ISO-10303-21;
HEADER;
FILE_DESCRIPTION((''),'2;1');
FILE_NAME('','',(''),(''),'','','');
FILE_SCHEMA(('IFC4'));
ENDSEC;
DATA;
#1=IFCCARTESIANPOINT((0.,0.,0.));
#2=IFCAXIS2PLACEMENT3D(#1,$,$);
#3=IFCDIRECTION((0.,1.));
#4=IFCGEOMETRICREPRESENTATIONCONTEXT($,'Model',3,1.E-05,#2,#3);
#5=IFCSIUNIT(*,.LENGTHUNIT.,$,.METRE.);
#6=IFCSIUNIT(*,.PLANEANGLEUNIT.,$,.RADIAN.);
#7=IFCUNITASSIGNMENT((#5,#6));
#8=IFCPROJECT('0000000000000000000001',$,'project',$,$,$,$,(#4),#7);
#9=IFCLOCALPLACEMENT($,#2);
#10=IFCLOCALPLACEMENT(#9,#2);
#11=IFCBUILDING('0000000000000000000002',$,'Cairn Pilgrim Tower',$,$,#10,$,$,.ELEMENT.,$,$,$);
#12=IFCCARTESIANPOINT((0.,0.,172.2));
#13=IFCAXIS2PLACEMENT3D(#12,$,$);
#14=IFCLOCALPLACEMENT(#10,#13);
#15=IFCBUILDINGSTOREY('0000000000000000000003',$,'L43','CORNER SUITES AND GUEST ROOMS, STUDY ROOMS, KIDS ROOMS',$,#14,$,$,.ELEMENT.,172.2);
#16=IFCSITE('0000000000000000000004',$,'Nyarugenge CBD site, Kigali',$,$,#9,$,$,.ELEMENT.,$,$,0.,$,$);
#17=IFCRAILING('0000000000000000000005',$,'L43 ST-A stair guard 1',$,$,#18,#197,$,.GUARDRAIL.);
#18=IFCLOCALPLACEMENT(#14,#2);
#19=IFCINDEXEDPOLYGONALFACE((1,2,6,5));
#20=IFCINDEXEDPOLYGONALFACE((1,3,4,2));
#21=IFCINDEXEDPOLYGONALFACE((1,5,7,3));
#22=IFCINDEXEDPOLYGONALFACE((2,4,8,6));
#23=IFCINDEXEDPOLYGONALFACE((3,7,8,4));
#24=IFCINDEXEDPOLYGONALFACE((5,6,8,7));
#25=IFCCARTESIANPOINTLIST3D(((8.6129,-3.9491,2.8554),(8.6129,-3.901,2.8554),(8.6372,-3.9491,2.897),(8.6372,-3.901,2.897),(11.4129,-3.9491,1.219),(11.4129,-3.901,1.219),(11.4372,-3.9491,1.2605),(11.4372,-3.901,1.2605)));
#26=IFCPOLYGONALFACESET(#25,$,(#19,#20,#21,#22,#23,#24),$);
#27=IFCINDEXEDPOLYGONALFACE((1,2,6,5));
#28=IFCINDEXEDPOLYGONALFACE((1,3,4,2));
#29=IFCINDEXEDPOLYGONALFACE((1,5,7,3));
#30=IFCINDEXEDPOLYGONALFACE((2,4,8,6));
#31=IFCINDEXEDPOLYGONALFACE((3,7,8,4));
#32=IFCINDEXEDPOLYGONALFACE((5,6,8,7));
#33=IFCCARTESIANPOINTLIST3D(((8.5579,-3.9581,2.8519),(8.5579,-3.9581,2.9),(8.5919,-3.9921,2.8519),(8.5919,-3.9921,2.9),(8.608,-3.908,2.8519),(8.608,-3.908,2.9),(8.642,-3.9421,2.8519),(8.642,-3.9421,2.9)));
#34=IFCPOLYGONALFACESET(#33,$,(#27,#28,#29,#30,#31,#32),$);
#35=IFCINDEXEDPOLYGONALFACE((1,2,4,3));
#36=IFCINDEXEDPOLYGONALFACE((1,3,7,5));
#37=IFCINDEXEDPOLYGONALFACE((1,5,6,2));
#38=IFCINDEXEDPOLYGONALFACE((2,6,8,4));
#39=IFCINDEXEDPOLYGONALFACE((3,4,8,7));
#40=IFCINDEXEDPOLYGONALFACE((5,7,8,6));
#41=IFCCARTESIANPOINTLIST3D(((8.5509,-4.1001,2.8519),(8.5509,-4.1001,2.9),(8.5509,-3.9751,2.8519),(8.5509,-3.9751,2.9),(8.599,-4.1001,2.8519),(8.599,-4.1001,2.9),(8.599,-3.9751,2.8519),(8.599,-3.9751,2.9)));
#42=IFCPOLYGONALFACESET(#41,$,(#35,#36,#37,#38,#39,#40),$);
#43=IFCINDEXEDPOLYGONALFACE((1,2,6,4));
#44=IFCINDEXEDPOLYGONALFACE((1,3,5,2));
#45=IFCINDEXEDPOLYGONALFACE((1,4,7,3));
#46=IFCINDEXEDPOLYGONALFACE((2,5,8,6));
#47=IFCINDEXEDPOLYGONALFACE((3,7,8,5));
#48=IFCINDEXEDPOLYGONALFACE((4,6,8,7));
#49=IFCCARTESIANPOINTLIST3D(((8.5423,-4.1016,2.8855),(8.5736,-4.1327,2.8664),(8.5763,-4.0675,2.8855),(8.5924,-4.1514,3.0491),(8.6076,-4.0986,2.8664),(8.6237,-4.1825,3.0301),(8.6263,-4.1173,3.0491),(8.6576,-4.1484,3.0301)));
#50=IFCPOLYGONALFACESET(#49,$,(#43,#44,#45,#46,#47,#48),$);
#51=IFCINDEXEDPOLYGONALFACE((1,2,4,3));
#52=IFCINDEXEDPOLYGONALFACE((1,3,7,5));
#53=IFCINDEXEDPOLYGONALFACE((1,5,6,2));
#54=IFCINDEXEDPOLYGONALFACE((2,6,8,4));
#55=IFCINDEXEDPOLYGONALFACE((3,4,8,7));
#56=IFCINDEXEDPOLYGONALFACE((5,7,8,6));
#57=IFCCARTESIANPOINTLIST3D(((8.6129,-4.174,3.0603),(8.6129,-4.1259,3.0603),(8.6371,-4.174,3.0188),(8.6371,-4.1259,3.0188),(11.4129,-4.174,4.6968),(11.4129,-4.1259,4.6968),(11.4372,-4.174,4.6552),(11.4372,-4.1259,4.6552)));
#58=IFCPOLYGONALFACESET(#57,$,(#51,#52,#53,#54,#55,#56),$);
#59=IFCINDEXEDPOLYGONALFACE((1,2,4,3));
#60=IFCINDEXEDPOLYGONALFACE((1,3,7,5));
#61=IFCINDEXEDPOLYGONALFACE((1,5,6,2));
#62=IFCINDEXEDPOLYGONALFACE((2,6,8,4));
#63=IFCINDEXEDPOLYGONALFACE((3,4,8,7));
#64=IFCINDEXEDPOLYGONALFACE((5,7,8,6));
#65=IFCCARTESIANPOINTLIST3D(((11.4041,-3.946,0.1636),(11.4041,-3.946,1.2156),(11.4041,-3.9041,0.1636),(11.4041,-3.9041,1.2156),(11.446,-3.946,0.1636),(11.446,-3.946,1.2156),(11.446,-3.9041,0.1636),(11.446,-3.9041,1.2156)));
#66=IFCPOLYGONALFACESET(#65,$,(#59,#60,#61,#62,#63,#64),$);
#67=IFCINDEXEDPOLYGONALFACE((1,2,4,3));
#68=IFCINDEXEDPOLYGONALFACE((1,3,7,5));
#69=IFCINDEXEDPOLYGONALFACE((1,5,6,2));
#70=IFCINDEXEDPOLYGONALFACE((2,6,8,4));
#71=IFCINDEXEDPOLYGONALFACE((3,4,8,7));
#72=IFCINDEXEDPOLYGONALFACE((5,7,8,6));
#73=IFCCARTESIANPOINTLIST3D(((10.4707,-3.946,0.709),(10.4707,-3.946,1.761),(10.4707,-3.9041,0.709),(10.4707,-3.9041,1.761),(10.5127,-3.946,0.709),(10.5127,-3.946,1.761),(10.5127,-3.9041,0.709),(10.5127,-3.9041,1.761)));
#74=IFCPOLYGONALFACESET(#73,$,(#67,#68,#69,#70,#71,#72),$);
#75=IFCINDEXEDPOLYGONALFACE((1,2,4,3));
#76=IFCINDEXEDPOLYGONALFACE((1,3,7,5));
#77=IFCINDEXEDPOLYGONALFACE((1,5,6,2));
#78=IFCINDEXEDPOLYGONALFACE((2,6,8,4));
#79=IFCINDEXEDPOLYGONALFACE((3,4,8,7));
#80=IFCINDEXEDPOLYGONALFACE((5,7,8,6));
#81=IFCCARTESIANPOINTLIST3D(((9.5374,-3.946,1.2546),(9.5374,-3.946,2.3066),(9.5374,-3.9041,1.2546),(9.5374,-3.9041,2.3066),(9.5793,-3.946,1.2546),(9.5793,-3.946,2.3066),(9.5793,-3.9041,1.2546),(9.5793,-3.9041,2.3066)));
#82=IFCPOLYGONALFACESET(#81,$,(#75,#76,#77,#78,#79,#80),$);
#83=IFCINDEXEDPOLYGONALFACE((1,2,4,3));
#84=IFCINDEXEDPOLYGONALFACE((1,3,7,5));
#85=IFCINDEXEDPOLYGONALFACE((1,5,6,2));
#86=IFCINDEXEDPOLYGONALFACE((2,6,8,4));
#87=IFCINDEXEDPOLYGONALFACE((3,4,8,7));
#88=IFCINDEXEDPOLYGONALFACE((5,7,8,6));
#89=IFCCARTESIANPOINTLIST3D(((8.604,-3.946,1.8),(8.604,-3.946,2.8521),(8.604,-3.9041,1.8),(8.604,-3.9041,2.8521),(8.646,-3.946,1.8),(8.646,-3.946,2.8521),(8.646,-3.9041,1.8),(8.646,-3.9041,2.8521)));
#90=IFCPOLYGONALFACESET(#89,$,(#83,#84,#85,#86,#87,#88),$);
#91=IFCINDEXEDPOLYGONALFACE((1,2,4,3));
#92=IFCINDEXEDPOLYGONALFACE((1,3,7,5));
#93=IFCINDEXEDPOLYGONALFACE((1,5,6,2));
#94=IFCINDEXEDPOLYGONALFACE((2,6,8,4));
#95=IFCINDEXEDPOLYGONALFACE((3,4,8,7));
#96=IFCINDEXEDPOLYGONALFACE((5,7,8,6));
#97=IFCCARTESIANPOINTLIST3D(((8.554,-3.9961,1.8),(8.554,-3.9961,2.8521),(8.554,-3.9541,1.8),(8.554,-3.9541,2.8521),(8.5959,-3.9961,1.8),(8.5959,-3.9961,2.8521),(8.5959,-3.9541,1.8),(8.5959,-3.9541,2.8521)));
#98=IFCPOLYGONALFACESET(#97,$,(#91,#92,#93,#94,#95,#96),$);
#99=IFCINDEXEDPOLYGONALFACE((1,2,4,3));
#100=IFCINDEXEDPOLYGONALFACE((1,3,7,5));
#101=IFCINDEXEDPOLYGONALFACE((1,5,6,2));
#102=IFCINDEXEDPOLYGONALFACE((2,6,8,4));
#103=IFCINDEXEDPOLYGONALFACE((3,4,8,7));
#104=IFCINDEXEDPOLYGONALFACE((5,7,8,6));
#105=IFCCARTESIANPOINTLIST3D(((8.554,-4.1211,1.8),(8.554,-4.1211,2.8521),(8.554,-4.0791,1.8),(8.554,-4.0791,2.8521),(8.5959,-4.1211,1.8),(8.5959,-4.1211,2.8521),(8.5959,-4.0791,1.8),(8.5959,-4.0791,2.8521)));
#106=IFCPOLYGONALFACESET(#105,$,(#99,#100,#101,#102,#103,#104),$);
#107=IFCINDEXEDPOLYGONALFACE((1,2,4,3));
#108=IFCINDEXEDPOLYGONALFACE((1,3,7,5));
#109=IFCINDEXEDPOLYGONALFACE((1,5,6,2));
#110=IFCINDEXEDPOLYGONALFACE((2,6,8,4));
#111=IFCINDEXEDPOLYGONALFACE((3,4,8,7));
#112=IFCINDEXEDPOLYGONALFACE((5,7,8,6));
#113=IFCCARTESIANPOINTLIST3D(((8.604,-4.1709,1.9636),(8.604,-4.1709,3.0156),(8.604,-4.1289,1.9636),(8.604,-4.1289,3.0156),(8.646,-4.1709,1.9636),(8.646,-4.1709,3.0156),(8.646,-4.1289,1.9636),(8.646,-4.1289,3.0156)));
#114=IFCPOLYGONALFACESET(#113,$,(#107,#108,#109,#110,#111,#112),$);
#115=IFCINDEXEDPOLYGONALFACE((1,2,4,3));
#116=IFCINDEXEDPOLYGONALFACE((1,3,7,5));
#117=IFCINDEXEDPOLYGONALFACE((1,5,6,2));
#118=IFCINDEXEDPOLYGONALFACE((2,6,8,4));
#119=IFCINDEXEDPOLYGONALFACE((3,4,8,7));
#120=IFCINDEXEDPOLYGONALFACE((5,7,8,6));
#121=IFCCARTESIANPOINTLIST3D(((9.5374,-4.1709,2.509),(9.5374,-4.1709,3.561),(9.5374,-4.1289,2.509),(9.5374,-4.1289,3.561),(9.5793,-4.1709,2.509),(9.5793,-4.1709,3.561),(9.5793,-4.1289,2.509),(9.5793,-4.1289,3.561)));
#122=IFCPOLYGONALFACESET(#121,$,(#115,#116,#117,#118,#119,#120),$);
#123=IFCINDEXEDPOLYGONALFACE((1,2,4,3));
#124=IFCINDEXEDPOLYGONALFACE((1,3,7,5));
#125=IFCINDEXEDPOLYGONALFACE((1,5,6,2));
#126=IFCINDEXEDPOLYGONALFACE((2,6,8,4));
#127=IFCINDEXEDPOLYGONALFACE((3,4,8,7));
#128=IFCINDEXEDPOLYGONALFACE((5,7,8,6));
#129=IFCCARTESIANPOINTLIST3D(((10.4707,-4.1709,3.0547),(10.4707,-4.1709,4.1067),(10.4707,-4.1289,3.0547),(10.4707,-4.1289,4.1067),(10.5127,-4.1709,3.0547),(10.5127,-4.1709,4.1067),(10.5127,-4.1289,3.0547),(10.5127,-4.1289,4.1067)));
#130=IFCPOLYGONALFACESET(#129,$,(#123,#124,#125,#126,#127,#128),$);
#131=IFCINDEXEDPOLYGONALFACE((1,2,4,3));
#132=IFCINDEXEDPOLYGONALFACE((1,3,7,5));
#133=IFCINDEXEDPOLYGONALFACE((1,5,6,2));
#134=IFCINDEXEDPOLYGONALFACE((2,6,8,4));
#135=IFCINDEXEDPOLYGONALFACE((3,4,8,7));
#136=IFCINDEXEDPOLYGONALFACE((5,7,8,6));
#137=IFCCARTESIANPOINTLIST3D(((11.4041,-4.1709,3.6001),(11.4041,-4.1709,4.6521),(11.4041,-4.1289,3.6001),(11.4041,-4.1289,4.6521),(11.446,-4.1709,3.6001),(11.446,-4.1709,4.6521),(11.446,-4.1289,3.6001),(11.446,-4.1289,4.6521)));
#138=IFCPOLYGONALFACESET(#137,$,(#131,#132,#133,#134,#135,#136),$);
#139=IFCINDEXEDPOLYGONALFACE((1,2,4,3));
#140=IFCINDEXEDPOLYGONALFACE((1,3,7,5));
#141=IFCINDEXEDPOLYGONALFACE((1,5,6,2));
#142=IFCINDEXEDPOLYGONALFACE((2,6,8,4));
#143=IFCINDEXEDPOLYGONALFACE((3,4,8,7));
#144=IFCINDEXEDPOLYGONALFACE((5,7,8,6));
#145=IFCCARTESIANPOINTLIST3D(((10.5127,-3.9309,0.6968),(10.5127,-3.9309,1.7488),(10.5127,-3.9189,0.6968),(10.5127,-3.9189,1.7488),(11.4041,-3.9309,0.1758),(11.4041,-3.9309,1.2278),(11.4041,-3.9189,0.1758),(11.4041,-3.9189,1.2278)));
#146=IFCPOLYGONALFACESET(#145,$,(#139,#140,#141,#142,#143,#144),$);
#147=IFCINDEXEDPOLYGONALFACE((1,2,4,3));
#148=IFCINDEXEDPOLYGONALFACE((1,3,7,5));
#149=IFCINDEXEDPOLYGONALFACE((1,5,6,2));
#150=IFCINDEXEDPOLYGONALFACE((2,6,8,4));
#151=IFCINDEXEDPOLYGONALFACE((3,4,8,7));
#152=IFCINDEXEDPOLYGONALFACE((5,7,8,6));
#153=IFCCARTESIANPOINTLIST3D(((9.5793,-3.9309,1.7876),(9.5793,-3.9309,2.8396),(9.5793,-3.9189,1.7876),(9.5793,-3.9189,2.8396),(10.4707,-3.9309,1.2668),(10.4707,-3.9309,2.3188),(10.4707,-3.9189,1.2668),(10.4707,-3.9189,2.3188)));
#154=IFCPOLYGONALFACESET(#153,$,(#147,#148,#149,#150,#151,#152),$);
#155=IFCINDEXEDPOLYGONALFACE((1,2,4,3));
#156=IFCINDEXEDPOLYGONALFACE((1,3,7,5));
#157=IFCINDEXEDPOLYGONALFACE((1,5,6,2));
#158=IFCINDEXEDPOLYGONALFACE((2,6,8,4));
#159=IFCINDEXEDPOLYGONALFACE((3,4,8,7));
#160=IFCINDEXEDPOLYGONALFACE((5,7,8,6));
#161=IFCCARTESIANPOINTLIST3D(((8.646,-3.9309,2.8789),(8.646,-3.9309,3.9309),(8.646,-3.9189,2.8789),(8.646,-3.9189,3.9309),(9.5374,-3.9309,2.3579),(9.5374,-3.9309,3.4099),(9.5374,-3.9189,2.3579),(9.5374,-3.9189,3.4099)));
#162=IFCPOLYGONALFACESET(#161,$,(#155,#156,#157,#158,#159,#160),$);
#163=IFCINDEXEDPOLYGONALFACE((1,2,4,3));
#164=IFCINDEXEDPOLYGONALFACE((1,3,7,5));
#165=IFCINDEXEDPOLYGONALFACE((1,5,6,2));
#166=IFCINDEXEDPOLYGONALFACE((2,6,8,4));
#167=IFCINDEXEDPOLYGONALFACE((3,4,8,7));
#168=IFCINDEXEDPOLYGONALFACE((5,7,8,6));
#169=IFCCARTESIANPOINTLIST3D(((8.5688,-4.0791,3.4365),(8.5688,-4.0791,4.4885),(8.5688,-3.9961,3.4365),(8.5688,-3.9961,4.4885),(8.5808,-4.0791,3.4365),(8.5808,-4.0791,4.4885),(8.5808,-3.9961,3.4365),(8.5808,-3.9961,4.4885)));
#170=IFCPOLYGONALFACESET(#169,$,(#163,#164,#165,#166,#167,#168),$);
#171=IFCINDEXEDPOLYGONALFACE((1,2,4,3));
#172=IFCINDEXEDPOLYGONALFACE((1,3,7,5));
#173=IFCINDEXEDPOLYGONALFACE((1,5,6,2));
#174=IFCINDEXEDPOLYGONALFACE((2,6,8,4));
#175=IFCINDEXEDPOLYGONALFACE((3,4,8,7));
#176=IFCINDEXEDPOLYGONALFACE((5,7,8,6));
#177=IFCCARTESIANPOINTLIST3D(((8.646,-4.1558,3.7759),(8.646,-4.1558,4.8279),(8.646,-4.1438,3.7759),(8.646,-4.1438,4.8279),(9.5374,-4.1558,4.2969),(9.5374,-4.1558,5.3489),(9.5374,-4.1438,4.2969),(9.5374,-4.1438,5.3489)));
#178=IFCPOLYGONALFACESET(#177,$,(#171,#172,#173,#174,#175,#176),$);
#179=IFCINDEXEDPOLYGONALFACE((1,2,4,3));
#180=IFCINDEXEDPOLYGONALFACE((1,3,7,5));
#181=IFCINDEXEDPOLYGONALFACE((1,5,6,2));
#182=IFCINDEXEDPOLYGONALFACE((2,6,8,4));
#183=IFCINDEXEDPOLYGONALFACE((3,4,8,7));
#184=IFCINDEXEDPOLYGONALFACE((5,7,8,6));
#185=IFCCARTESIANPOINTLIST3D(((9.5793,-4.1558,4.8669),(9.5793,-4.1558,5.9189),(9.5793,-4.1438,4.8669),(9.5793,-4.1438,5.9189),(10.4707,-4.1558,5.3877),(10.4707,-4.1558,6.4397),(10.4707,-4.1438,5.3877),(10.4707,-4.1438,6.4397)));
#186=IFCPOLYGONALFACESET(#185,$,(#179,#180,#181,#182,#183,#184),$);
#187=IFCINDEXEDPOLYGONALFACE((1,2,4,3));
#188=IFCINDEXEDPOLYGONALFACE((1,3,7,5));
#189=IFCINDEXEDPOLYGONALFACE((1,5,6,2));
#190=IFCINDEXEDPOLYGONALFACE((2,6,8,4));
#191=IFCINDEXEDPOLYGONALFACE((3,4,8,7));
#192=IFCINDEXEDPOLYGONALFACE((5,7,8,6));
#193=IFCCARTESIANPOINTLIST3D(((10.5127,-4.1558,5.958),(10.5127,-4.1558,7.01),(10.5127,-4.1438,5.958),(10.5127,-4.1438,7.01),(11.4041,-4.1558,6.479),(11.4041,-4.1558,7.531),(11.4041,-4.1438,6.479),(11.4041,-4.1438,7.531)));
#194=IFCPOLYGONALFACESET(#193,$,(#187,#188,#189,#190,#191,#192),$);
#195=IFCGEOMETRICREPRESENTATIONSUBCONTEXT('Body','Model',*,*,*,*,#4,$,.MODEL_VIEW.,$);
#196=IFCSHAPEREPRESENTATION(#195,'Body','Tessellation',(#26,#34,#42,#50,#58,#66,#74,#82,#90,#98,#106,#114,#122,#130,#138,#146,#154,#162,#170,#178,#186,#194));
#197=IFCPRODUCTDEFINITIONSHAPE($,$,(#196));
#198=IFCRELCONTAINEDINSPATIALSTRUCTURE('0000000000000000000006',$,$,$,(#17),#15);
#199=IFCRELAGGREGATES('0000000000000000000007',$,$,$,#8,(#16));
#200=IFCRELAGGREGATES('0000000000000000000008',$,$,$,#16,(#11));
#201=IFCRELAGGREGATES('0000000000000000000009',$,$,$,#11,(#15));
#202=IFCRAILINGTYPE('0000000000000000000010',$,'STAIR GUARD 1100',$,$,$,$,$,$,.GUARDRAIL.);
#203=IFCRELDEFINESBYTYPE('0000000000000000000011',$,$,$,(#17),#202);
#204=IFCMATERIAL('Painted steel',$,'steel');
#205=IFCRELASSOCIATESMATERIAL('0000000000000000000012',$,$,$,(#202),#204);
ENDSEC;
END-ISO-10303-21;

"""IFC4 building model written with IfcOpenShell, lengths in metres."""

from ifc_helpers import new_model, si_unit, direction, frame, origin, origin_2d, place, context, subcontext, project, spatial, polyline, rectangle, outline, extrude, material, type_object, element, save


model = new_model("IFC4")

# Units and contexts
model_context = context("Model", 3, precision=1e-05, world=origin(), true_north=direction((0.0, 1.0)))
body_context = subcontext(model_context, "Body", "Model", "MODEL_VIEW")
ifc_project = project(units=[si_unit("LENGTHUNIT", "METRE"), si_unit("PLANEANGLEUNIT", "RADIAN")], contexts=[model_context])

# Site, building, storey
site_placement = place(None, origin())
site = spatial("IfcSite", under=ifc_project, at=site_placement, Name="Nyarugenge CBD site, Kigali", CompositionType="ELEMENT", RefElevation=0.0)
building_placement = place(site_placement, origin())
building = spatial("IfcBuilding", under=site, at=building_placement, Name="Cairn Pilgrim Tower", CompositionType="ELEMENT")
storey_placement = place(building_placement, frame((0.0, 0.0, 172.2)))
storey = spatial("IfcBuildingStorey", under=building, at=storey_placement, Name="L43", Description="CORNER SUITES AND GUEST ROOMS, STUDY ROOMS, KIDS ROOMS", CompositionType="ELEMENT", Elevation=172.2)

# Railing
ifc_material_1 = material(Name="Painted steel", Category="steel")
railing_type_1 = type_object("IfcRailingType", Name="STAIR GUARD 1100", PredefinedType="GUARDRAIL", material=ifc_material_1)
railing_1_placement = place(storey_placement, frame((11.425, -3.925, 0.1636)))
element("IfcRailing", 1, at=railing_1_placement, inside=storey, type_object=railing_type_1, Name="L43 ST-A stair guard 1", PredefinedType="GUARDRAIL", context=body_context, shape_type="SweptSolid", body=[
    extrude(rectangle(XDim=0.0481, YDim=0.0481, at=origin_2d()), frame((0.0, 0.0, 1.0762), z_axis=(-0.863361, 0.0, 0.504587), x_axis=(0.0, -1.0, 0.0)), (0.0, 0.0, 1.0), 3.2432),
    extrude(rectangle(XDim=0.0481, YDim=0.0481, at=origin_2d()), frame((-2.8, 0.0, 2.7124), z_axis=(-0.707107, -0.707107, 0.0), x_axis=(0.707107, -0.707107, 0.0)), (0.0, 0.0, 1.0), 0.0708),
    extrude(rectangle(XDim=0.0481, YDim=0.0481, at=origin_2d()), frame((-2.8501, -0.05, 2.7124), z_axis=(0.0, -1.0, 0.0), x_axis=(1.0, 0.0, 0.0)), (0.0, 0.0, 1.0), 0.125),
    extrude(rectangle(XDim=0.0481, YDim=0.0481, at=origin_2d()), frame((-2.8501, -0.175, 2.7124), z_axis=(0.280917, -0.279546, 0.918118), x_axis=(0.705376, 0.708834, 0.0)), (0.0, 0.0, 1.0), 0.1782),
    extrude(rectangle(XDim=0.0481, YDim=0.0481, at=origin_2d()), frame((-2.8, -0.2249, 2.876), z_axis=(0.863361, 0.0, 0.504587), x_axis=(0.0, 1.0, 0.0)), (0.0, 0.0, 1.0), 3.2432),
    extrude(rectangle(XDim=0.042, YDim=0.042, at=origin_2d()), origin(), (0.0, 0.0, 1.0), 1.052),
    extrude(rectangle(XDim=0.042, YDim=0.042, at=origin_2d()), frame((-0.9333, 0.0, 0.5454)), (0.0, 0.0, 1.0), 1.052),
    extrude(rectangle(XDim=0.042, YDim=0.042, at=origin_2d()), frame((-1.8667, 0.0, 1.0911)), (0.0, 0.0, 1.0), 1.052),
    extrude(rectangle(XDim=0.042, YDim=0.042, at=origin_2d()), frame((-2.8, 0.0, 1.6365)), (0.0, 0.0, 1.0), 1.052),
    extrude(rectangle(XDim=0.042, YDim=0.042, at=origin_2d()), frame((-2.8501, -0.05, 1.6365)), (0.0, 0.0, 1.0), 1.052),
    extrude(rectangle(XDim=0.042, YDim=0.042, at=origin_2d()), frame((-2.8501, -0.175, 1.6365)), (0.0, 0.0, 1.0), 1.052),
    extrude(rectangle(XDim=0.042, YDim=0.042, at=origin_2d()), frame((-2.8, -0.2249, 1.8)), (0.0, 0.0, 1.0), 1.052),
    extrude(rectangle(XDim=0.042, YDim=0.042, at=origin_2d()), frame((-1.8667, -0.2249, 2.3455)), (0.0, 0.0, 1.0), 1.052),
    extrude(rectangle(XDim=0.042, YDim=0.042, at=origin_2d()), frame((-0.9333, -0.2249, 2.8911)), (0.0, 0.0, 1.0), 1.052),
    extrude(rectangle(XDim=0.042, YDim=0.042, at=origin_2d()), frame((0.0, -0.2249, 3.4365)), (0.0, 0.0, 1.0), 1.052),
    extrude(outline(polyline([(0.021, 0.0122), (0.9124, 0.5332), (0.9124, 1.5852), (0.021, 1.0642), (0.021, 0.0122)])), frame((0.0, -0.0059, 0.0), z_axis=(0.0, 1.0, 0.0), x_axis=(-1.0, 0.0, 0.0)), (0.0, 0.0, 1.0), 0.012),
    extrude(outline(polyline([(0.021, 0.5579), (0.9124, 1.0786), (0.9124, 2.1306), (0.021, 1.6099), (0.021, 0.5579)])), frame((-0.9333, -0.0059, 0.5454), z_axis=(0.0, 1.0, 0.0), x_axis=(-1.0, 0.0, 0.0)), (0.0, 0.0, 1.0), 0.012),
    extrude(outline(polyline([(0.021, 1.1033), (0.9124, 1.6243), (0.9124, 2.6763), (0.021, 2.1553), (0.021, 1.1033)])), frame((-1.8667, -0.0059, 1.0911), z_axis=(0.0, 1.0, 0.0), x_axis=(-1.0, 0.0, 0.0)), (0.0, 0.0, 1.0), 0.012),
    extrude(outline(polyline([(0.021, 1.6365), (0.104, 1.6365), (0.104, 2.6885), (0.021, 2.6885), (0.021, 1.6365)])), frame((-2.8442, -0.05, 1.6365), z_axis=(-1.0, 0.0, 0.0), x_axis=(0.0, -1.0, 0.0)), (0.0, 0.0, 1.0), 0.012),
    extrude(outline(polyline([(0.021, 1.8123), (0.9124, 2.3333), (0.9124, 3.3853), (0.021, 2.8643), (0.021, 1.8123)])), frame((-2.8, -0.2188, 1.8), z_axis=(0.0, -1.0, 0.0), x_axis=(1.0, 0.0, 0.0)), (0.0, 0.0, 1.0), 0.012),
    extrude(outline(polyline([(0.021, 2.3579), (0.9124, 2.8787), (0.9124, 3.9307), (0.021, 3.4099), (0.021, 2.3579)])), frame((-1.8667, -0.2188, 2.3455), z_axis=(0.0, -1.0, 0.0), x_axis=(1.0, 0.0, 0.0)), (0.0, 0.0, 1.0), 0.012),
    extrude(outline(polyline([(0.021, 2.9033), (0.9124, 3.4243), (0.9124, 4.4763), (0.021, 3.9553), (0.021, 2.9033)])), frame((-0.9333, -0.2188, 2.8911), z_axis=(0.0, -1.0, 0.0), x_axis=(1.0, 0.0, 0.0)), (0.0, 0.0, 1.0), 0.012),
])

save(model, "model.ifc")
